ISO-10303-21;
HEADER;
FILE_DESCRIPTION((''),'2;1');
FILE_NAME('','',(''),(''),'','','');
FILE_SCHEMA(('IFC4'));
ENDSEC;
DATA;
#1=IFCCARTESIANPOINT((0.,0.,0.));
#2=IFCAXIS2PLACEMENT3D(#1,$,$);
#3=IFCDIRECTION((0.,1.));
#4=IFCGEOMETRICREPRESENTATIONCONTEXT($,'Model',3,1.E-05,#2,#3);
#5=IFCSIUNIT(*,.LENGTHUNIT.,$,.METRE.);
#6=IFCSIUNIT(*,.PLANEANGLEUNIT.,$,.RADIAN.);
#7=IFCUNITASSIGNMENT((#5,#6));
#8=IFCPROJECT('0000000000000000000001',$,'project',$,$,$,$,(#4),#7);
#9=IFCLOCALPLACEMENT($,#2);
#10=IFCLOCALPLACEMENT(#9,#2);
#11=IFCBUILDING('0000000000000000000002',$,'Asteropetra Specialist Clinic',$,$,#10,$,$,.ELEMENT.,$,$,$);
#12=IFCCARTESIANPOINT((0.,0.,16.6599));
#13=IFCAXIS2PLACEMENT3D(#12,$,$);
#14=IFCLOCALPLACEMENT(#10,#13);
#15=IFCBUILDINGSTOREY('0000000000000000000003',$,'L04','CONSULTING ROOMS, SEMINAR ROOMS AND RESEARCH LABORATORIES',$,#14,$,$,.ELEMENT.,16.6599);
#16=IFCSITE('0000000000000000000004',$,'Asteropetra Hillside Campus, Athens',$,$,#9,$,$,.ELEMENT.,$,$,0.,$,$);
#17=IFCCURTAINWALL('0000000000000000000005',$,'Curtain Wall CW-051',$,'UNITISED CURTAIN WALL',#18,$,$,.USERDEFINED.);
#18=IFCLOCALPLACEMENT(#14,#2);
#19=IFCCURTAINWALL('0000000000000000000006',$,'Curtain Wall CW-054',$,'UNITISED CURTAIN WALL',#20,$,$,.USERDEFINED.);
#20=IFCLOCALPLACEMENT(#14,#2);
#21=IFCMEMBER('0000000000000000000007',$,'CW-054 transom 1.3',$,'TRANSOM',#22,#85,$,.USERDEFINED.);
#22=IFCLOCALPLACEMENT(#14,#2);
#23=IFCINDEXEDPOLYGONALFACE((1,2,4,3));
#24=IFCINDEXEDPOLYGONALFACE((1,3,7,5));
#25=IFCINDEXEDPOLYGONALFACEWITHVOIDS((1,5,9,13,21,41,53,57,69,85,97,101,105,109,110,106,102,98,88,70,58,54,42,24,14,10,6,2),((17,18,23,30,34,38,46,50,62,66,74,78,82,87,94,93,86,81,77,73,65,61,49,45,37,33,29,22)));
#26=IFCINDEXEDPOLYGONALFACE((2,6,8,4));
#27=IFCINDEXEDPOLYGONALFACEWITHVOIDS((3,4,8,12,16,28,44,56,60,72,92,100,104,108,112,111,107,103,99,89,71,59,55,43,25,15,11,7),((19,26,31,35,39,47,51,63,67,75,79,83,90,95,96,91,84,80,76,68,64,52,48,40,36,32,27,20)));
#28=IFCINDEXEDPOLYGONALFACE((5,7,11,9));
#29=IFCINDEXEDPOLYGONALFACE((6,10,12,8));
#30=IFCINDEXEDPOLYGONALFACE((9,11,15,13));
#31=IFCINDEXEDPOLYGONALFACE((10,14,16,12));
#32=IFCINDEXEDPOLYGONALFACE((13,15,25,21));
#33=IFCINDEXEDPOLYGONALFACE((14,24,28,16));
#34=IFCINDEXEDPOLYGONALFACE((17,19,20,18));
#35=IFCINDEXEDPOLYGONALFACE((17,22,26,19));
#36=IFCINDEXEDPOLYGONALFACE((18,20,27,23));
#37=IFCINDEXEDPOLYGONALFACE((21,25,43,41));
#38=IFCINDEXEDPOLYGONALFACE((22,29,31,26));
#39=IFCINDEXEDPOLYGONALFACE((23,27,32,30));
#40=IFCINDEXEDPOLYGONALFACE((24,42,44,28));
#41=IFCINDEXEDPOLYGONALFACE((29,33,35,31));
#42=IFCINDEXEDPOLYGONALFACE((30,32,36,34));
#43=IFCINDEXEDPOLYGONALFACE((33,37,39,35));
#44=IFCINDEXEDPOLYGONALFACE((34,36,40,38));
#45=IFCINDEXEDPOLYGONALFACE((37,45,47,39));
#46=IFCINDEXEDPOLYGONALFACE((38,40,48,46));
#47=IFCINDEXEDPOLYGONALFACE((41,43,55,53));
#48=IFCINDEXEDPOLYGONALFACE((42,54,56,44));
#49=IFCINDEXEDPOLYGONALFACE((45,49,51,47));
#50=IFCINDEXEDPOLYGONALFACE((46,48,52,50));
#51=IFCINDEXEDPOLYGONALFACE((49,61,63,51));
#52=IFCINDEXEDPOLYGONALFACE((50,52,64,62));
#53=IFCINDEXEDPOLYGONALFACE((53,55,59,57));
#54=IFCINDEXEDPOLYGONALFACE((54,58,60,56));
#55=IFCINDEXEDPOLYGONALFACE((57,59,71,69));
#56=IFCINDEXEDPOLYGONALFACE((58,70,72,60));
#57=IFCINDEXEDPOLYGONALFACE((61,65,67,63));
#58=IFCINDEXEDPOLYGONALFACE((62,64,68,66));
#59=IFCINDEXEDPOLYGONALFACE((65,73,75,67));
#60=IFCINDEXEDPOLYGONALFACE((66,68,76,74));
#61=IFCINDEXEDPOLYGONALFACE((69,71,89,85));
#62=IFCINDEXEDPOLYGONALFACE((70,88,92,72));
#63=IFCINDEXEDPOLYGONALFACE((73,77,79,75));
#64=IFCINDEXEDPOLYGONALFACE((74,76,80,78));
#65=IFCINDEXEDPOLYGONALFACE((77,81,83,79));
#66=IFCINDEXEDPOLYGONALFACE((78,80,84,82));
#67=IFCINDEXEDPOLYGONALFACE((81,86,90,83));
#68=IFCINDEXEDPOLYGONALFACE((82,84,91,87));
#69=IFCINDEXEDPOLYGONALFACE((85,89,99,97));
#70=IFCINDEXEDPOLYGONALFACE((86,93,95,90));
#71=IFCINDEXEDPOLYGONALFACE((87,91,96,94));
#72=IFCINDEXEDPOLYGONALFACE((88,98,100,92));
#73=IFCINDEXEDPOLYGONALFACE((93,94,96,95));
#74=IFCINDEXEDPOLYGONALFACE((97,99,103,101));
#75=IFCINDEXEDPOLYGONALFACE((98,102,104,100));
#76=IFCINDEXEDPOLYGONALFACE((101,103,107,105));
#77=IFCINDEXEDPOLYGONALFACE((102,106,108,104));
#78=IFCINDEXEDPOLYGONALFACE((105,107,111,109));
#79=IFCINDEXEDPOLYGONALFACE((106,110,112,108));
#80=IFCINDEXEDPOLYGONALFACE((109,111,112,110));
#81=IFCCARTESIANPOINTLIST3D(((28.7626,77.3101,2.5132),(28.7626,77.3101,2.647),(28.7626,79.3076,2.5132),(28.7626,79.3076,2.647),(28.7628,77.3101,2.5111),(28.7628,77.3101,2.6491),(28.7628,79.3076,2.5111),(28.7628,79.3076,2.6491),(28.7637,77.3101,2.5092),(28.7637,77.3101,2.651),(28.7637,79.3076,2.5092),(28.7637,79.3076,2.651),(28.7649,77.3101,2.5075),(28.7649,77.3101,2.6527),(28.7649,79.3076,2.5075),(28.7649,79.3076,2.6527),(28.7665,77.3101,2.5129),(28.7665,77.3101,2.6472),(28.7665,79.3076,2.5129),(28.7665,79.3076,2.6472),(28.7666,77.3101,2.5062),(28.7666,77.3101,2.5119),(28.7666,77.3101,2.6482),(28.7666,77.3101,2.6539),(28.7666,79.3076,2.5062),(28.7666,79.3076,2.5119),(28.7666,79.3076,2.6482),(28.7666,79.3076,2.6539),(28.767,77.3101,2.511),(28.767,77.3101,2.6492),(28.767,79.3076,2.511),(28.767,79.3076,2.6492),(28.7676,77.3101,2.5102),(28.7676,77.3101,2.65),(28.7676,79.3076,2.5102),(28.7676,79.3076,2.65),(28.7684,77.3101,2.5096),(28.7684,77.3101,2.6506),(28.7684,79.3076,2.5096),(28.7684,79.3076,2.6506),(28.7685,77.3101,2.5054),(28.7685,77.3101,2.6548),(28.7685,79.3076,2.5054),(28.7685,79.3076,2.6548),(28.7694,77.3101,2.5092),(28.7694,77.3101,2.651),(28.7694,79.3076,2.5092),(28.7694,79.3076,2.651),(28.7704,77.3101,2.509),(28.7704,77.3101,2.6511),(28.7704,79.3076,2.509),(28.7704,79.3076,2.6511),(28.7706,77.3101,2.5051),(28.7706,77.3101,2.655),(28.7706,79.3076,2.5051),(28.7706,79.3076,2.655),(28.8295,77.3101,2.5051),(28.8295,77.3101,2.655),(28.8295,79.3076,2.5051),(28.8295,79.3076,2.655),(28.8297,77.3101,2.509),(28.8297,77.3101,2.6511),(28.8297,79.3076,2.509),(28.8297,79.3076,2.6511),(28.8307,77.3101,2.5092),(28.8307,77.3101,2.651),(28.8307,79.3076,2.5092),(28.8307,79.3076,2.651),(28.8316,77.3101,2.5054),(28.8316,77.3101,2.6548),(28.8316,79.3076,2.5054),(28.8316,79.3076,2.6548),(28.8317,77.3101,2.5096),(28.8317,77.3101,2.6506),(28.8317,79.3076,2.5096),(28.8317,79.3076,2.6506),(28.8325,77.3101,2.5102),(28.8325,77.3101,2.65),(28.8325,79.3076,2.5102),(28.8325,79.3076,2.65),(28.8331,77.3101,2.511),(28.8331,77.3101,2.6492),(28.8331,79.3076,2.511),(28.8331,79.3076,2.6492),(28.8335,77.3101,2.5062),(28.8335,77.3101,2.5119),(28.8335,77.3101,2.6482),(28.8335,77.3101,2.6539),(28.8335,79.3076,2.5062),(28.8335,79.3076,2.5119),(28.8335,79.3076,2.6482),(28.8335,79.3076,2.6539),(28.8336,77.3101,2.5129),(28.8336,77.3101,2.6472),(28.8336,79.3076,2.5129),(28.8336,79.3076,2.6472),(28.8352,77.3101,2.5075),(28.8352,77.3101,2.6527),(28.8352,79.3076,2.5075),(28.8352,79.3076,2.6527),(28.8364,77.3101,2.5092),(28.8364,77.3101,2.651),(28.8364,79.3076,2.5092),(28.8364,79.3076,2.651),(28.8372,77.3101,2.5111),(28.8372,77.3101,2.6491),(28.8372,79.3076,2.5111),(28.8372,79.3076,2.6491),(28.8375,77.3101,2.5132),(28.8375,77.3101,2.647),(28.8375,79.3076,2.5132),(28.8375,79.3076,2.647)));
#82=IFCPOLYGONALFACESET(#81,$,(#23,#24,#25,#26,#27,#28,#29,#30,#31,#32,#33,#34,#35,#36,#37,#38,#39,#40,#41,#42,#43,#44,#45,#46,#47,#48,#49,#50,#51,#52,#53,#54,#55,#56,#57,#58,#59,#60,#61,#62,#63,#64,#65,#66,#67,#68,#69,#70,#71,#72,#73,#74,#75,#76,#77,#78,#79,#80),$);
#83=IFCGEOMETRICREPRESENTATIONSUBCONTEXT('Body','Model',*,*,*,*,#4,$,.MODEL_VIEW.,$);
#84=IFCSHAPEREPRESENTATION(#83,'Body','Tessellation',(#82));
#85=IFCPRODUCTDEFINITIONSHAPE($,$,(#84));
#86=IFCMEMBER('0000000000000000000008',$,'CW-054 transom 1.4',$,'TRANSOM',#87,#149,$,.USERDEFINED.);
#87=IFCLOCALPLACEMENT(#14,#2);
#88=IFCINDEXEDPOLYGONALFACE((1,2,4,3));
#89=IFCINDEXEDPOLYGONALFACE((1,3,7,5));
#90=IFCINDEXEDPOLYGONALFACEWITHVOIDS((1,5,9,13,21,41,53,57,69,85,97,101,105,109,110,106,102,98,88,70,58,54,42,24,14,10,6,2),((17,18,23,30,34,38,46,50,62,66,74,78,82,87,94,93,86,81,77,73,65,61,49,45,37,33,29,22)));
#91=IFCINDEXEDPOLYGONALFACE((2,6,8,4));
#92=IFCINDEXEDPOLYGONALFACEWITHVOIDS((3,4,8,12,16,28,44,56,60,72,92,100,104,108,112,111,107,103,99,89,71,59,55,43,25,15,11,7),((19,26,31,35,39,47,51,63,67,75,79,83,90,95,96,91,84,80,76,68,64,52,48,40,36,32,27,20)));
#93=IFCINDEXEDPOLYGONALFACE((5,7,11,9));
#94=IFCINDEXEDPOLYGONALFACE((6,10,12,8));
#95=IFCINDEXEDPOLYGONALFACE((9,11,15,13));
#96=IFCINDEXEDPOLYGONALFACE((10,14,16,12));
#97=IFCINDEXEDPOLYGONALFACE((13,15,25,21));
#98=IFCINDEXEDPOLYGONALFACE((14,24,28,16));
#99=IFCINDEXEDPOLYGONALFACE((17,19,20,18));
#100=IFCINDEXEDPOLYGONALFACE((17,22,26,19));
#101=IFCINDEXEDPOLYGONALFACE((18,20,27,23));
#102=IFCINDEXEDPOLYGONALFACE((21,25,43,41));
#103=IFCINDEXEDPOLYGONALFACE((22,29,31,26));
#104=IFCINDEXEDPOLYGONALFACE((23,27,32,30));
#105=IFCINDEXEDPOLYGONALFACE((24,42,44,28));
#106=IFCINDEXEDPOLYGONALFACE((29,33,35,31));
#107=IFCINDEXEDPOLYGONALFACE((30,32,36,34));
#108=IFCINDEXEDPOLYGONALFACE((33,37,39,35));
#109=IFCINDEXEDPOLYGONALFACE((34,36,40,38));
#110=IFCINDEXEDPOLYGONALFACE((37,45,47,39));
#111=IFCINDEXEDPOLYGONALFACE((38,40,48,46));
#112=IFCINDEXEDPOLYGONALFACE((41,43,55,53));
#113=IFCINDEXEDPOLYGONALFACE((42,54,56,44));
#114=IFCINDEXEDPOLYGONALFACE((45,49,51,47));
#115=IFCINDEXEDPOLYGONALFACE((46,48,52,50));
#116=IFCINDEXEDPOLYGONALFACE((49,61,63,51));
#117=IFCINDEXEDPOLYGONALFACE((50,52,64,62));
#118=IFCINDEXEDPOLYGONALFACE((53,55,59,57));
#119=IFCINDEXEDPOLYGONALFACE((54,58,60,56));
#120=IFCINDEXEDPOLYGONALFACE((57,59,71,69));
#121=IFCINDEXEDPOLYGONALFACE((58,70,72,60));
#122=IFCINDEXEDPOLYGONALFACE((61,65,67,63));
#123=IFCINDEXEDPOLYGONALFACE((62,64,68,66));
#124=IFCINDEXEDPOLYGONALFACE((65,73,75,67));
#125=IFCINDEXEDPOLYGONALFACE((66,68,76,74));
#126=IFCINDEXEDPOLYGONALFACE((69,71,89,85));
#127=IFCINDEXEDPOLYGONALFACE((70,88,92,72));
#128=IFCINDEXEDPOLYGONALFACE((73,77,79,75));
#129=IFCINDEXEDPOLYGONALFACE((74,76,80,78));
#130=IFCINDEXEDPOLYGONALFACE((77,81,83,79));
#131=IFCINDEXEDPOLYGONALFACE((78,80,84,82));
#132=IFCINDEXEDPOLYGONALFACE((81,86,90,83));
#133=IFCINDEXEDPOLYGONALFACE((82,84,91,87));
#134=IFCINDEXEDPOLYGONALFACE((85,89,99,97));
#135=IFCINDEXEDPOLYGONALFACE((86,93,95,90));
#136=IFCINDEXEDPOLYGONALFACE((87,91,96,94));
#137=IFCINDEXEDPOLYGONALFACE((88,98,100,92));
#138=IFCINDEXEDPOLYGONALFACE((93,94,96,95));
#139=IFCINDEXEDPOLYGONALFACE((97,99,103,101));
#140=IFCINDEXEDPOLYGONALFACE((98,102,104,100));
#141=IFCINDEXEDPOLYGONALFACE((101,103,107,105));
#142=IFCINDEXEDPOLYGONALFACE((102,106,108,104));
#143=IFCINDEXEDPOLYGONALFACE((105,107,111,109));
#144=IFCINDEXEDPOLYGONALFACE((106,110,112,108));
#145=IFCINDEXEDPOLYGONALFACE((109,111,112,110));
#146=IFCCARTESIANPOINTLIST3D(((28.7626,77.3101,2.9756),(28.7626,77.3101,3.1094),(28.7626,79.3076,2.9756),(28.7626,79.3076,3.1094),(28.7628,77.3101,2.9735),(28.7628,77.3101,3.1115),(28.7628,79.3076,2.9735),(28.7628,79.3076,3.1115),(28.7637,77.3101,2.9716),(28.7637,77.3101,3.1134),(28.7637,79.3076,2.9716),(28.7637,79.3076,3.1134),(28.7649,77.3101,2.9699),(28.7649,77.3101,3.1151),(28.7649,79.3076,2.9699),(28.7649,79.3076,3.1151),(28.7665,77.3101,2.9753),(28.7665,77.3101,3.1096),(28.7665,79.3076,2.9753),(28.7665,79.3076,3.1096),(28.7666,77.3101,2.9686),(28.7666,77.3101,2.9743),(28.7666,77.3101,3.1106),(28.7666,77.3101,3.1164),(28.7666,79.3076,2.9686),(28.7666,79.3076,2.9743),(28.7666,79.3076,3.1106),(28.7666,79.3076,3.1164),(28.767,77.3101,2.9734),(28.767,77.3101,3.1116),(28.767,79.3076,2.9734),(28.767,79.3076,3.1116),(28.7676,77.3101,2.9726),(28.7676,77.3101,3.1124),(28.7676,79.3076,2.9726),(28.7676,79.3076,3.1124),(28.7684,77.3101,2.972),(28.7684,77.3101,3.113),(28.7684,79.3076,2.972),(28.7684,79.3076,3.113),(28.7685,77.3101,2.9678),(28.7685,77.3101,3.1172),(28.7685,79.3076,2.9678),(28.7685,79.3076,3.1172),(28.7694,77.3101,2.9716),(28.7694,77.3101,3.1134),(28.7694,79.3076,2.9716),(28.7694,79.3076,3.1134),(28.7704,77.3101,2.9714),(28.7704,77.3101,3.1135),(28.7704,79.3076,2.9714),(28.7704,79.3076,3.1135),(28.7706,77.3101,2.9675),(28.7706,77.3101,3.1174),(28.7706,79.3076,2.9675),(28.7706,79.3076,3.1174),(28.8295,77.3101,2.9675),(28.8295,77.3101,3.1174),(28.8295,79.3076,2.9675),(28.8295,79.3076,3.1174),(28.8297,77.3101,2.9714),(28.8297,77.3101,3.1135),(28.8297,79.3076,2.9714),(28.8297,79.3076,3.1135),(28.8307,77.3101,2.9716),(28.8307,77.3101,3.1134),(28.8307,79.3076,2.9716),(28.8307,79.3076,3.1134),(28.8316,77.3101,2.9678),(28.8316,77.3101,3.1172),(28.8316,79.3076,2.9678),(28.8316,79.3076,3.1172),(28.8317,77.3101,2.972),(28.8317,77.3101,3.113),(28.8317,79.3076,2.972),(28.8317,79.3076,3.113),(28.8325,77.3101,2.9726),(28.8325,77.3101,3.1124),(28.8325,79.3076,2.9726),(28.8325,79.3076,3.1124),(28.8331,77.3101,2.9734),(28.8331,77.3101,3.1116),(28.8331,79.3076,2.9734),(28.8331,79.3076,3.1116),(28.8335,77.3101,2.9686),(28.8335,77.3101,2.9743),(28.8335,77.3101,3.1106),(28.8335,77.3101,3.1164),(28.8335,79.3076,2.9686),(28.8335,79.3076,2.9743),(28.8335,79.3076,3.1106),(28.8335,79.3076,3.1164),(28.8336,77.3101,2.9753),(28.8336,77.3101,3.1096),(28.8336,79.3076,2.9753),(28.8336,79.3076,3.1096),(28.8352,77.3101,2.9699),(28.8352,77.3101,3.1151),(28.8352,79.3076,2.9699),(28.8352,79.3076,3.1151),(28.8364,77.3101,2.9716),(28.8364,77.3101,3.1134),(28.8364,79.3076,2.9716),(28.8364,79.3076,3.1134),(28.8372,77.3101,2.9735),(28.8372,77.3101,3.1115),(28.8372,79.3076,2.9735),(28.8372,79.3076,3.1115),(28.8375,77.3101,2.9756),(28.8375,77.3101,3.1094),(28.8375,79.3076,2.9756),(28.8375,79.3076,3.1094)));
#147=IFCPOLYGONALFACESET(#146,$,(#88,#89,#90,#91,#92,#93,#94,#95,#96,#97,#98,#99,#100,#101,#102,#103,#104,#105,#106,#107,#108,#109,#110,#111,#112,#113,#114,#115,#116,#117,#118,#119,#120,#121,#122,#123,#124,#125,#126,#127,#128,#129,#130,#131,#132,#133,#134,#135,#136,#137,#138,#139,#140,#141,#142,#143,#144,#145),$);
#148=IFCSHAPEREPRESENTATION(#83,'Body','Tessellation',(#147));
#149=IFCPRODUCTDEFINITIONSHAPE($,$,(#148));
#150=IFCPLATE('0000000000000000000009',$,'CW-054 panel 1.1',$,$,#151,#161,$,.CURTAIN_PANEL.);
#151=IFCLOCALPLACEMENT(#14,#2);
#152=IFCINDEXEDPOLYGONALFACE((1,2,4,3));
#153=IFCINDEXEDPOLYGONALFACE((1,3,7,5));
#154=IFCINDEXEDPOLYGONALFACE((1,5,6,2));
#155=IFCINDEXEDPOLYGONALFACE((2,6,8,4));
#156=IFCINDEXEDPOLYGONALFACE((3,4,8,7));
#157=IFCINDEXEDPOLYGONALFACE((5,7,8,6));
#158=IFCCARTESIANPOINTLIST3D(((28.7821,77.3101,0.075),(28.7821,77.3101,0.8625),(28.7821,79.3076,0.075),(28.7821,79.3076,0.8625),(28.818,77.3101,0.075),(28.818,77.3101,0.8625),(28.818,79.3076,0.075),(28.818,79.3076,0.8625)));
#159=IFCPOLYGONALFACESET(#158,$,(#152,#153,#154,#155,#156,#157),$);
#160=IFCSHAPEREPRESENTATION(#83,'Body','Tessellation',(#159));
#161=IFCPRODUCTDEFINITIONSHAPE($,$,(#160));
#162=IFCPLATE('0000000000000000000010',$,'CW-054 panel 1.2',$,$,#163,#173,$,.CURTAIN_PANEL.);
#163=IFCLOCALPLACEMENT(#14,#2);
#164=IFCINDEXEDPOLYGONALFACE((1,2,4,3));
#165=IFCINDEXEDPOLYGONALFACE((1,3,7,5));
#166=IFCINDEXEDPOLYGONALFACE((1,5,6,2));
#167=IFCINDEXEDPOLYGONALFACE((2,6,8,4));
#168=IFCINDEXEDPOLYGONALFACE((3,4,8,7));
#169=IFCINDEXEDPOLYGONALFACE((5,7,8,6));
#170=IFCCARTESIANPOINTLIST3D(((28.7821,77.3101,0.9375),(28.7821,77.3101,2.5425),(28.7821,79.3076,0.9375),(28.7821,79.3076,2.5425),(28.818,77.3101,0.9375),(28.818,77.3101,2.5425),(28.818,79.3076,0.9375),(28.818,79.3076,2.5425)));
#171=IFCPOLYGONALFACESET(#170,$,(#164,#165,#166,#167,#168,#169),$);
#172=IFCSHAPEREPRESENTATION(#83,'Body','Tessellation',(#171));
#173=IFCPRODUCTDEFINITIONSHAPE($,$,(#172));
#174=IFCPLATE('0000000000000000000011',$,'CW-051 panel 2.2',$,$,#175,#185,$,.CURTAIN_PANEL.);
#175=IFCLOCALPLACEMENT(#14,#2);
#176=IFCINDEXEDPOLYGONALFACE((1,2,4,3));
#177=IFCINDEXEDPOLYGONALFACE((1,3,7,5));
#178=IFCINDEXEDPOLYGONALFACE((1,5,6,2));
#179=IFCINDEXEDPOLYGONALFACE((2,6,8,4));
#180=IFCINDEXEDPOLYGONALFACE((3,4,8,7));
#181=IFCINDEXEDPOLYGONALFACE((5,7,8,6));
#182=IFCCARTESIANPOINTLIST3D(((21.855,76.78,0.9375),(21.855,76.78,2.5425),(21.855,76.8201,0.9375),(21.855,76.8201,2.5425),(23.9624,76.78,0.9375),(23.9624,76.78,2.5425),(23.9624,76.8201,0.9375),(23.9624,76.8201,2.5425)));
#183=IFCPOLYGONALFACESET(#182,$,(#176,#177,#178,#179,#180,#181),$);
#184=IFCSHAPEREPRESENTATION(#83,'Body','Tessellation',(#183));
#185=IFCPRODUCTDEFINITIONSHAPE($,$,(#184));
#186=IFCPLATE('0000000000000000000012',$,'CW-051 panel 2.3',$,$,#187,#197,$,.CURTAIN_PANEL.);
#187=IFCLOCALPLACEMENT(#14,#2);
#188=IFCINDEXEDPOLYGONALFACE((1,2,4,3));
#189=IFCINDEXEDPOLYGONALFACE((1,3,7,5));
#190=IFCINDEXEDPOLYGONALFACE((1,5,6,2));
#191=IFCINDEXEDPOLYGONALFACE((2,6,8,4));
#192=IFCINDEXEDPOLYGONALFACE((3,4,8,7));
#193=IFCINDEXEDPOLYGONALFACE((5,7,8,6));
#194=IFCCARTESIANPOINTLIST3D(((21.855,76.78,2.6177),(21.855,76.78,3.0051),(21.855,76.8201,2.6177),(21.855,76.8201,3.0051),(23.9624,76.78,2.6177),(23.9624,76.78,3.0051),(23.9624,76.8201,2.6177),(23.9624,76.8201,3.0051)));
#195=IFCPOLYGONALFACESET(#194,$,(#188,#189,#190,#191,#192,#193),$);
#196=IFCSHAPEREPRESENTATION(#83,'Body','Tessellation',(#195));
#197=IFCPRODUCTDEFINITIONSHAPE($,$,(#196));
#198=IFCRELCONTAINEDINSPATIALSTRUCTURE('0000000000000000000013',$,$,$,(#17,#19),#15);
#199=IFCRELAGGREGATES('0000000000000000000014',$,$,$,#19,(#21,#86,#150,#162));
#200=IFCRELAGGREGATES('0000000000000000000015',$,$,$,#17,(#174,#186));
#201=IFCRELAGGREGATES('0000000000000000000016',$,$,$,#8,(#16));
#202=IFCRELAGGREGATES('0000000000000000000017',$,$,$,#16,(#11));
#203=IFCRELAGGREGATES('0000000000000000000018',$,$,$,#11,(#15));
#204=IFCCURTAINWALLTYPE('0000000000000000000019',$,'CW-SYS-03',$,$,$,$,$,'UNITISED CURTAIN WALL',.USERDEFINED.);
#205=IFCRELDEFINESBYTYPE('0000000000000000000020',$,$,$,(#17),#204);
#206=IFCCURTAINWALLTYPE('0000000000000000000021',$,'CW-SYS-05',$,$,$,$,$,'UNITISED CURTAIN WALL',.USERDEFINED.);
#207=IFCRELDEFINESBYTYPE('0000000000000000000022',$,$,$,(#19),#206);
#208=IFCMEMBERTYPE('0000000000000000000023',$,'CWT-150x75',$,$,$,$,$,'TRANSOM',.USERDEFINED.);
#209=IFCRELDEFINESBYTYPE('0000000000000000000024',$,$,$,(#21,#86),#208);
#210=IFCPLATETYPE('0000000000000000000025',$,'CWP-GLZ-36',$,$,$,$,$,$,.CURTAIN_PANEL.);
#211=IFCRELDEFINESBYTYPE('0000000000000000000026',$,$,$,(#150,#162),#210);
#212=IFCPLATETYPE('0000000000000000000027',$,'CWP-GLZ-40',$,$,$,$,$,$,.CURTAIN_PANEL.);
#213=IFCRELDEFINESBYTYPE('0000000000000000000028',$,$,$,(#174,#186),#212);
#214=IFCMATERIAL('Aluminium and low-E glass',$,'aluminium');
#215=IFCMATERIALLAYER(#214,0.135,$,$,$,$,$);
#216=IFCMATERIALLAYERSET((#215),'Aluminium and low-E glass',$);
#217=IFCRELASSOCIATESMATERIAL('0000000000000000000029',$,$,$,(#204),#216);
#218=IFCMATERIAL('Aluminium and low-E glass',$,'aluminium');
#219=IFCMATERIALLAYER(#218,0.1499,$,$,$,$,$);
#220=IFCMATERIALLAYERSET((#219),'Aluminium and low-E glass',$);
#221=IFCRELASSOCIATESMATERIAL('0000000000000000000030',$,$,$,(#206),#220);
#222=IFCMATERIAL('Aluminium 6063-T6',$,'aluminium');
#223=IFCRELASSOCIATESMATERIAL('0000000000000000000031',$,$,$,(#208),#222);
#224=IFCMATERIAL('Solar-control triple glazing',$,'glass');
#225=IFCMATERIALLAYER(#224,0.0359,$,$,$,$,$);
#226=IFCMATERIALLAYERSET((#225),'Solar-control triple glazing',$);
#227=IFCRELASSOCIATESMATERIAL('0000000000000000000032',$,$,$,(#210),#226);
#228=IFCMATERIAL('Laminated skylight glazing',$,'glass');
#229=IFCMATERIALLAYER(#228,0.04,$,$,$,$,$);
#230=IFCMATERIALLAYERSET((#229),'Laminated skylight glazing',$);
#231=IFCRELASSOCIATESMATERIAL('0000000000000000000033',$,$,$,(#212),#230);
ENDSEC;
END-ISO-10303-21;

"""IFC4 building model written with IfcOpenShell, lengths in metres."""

from ifc_helpers import new_model, si_unit, direction, frame, origin, origin_2d, place, context, subcontext, project, spatial, rectangle, hollow_rectangle, extrude, material, layer, layer_set, material_profile, profile_set, type_object, element, aggregate, save


model = new_model("IFC4")

# Units and contexts
model_context = context("Model", 3, precision=1e-05, world=origin(), true_north=direction((0.0, 1.0)))
body_context = subcontext(model_context, "Body", "Model", "MODEL_VIEW")
ifc_project = project(units=[si_unit("LENGTHUNIT", "METRE"), si_unit("PLANEANGLEUNIT", "RADIAN")], contexts=[model_context])

# Site, building, storey
site_placement = place(None, origin())
site = spatial("IfcSite", under=ifc_project, at=site_placement, Name="Asteropetra Hillside Campus, Athens", CompositionType="ELEMENT", RefElevation=0.0)
building_placement = place(site_placement, origin())
building = spatial("IfcBuilding", under=site, at=building_placement, Name="Asteropetra Specialist Clinic", CompositionType="ELEMENT")
storey_placement = place(building_placement, frame((0.0, 0.0, 16.6599)))
storey = spatial("IfcBuildingStorey", under=building, at=storey_placement, Name="L04", Description="CONSULTING ROOMS, SEMINAR ROOMS AND RESEARCH LABORATORIES", CompositionType="ELEMENT", Elevation=16.6599)

# Curtain wall
ifc_material_1 = material(Name="Aluminium and low-E glass", Category="aluminium")
ifc_layer_1 = layer(ifc_material_1, 0.135)
ifc_layer_set_1 = layer_set([ifc_layer_1], Name="Aluminium and low-E glass")
curtain_wall_type_1 = type_object("IfcCurtainWallType", Name="CW-SYS-03", ElementType="UNITISED CURTAIN WALL", PredefinedType="USERDEFINED", material=ifc_layer_set_1)
curtain_wall_1_placement = place(storey_placement, origin())
curtain_wall_1 = element("IfcCurtainWall", 1, at=curtain_wall_1_placement, inside=storey, type_object=curtain_wall_type_1, Name="Curtain Wall CW-051", ObjectType="UNITISED CURTAIN WALL", PredefinedType="USERDEFINED")

# Curtain wall
ifc_material_2 = material(Name="Aluminium and low-E glass", Category="aluminium")
ifc_layer_2 = layer(ifc_material_2, 0.1499)
ifc_layer_set_2 = layer_set([ifc_layer_2], Name="Aluminium and low-E glass")
curtain_wall_type_2 = type_object("IfcCurtainWallType", Name="CW-SYS-05", ElementType="UNITISED CURTAIN WALL", PredefinedType="USERDEFINED", material=ifc_layer_set_2)
curtain_wall_2_placement = place(storey_placement, origin())
curtain_wall_2 = element("IfcCurtainWall", 2, at=curtain_wall_2_placement, inside=storey, type_object=curtain_wall_type_2, Name="Curtain Wall CW-054", ObjectType="UNITISED CURTAIN WALL", PredefinedType="USERDEFINED")

# Members
ifc_material_3 = material(Name="Aluminium 6063-T6", Category="aluminium")
ifc_material_profile_1 = material_profile(ifc_material_3, hollow_rectangle(XDim=0.075, YDim=0.1499, WallThickness=0.0039, InnerFilletRadius=0.0039, OuterFilletRadius=0.0081, at=origin_2d()), Name="TRN 150x75x4.0")
ifc_profile_set_1 = profile_set([ifc_material_profile_1], Name="Aluminium 6063-T6")
member_type_1 = type_object("IfcMemberType", Name="CWT-150x75", ElementType="TRANSOM", PredefinedType="USERDEFINED", material=ifc_profile_set_1)
member_1_placement = place(storey_placement, frame((28.8, 77.3101, 2.5801), z_axis=(0.0, 1.0, 0.0), x_axis=(-1.0, 0.0, 0.0)))
member_1 = element("IfcMember", 3, at=member_1_placement, type_object=member_type_1, Name="CW-054 transom 1.3", ObjectType="TRANSOM", PredefinedType="USERDEFINED", context=body_context, shape_type="SweptSolid", body=[
    extrude(hollow_rectangle(XDim=0.075, YDim=0.1499, WallThickness=0.0039, InnerFilletRadius=0.0039, OuterFilletRadius=0.0081, at=origin_2d()), origin(), (0.0, 0.0, 1.0), 1.9976),
])
member_2_placement = place(storey_placement, frame((28.8, 77.3101, 3.0425), z_axis=(0.0, 1.0, 0.0), x_axis=(-1.0, 0.0, 0.0)))
member_2 = element("IfcMember", 4, at=member_2_placement, type_object=member_type_1, Name="CW-054 transom 1.4", ObjectType="TRANSOM", PredefinedType="USERDEFINED", context=body_context, shape_type="SweptSolid", body=[
    extrude(hollow_rectangle(XDim=0.075, YDim=0.1499, WallThickness=0.0039, InnerFilletRadius=0.0039, OuterFilletRadius=0.0081, at=origin_2d()), origin(), (0.0, 0.0, 1.0), 1.9976),
])

# Plates
ifc_material_4 = material(Name="Solar-control triple glazing", Category="glass")
ifc_layer_3 = layer(ifc_material_4, 0.0359)
ifc_layer_set_3 = layer_set([ifc_layer_3], Name="Solar-control triple glazing")
plate_type_1 = type_object("IfcPlateType", Name="CWP-GLZ-36", PredefinedType="CURTAIN_PANEL", material=ifc_layer_set_3)
plate_1_placement = place(storey_placement, frame((28.8, 78.3088, 0.075), z_axis=(0.0, 0.0, 1.0), x_axis=(0.0, 1.0, 0.0)))
plate_1 = element("IfcPlate", 5, at=plate_1_placement, type_object=plate_type_1, Name="CW-054 panel 1.1", PredefinedType="CURTAIN_PANEL", context=body_context, shape_type="SweptSolid", body=[
    extrude(rectangle(XDim=1.9976, YDim=0.0359, at=origin_2d()), origin(), (0.0, 0.0, 1.0), 0.7876),
])
plate_2_placement = place(storey_placement, frame((28.8, 78.3088, 0.9375), z_axis=(0.0, 0.0, 1.0), x_axis=(0.0, 1.0, 0.0)))
plate_2 = element("IfcPlate", 6, at=plate_2_placement, type_object=plate_type_1, Name="CW-054 panel 1.2", PredefinedType="CURTAIN_PANEL", context=body_context, shape_type="SweptSolid", body=[
    extrude(rectangle(XDim=1.9976, YDim=0.0359, at=origin_2d()), origin(), (0.0, 0.0, 1.0), 1.605),
])
aggregate(curtain_wall_2, [member_1, member_2, plate_1, plate_2])
ifc_material_5 = material(Name="Laminated skylight glazing", Category="glass")
ifc_layer_4 = layer(ifc_material_5, 0.04)
ifc_layer_set_4 = layer_set([ifc_layer_4], Name="Laminated skylight glazing")
plate_type_2 = type_object("IfcPlateType", Name="CWP-GLZ-40", PredefinedType="CURTAIN_PANEL", material=ifc_layer_set_4)
plate_3_placement = place(storey_placement, frame((22.9087, 76.8, 0.9375), z_axis=(0.0, 0.0, 1.0), x_axis=(1.0, 0.0, 0.0)))
plate_3 = element("IfcPlate", 7, at=plate_3_placement, type_object=plate_type_2, Name="CW-051 panel 2.2", PredefinedType="CURTAIN_PANEL", context=body_context, shape_type="SweptSolid", body=[
    extrude(rectangle(XDim=2.1074, YDim=0.04, at=origin_2d()), origin(), (0.0, 0.0, 1.0), 1.605),
])
plate_4_placement = place(storey_placement, frame((22.9087, 76.8, 2.6177), z_axis=(0.0, 0.0, 1.0), x_axis=(1.0, 0.0, 0.0)))
plate_4 = element("IfcPlate", 8, at=plate_4_placement, type_object=plate_type_2, Name="CW-051 panel 2.3", PredefinedType="CURTAIN_PANEL", context=body_context, shape_type="SweptSolid", body=[
    extrude(rectangle(XDim=2.1074, YDim=0.04, at=origin_2d()), origin(), (0.0, 0.0, 1.0), 0.3875),
])
aggregate(curtain_wall_1, [plate_3, plate_4])

save(model, "model.ifc")
